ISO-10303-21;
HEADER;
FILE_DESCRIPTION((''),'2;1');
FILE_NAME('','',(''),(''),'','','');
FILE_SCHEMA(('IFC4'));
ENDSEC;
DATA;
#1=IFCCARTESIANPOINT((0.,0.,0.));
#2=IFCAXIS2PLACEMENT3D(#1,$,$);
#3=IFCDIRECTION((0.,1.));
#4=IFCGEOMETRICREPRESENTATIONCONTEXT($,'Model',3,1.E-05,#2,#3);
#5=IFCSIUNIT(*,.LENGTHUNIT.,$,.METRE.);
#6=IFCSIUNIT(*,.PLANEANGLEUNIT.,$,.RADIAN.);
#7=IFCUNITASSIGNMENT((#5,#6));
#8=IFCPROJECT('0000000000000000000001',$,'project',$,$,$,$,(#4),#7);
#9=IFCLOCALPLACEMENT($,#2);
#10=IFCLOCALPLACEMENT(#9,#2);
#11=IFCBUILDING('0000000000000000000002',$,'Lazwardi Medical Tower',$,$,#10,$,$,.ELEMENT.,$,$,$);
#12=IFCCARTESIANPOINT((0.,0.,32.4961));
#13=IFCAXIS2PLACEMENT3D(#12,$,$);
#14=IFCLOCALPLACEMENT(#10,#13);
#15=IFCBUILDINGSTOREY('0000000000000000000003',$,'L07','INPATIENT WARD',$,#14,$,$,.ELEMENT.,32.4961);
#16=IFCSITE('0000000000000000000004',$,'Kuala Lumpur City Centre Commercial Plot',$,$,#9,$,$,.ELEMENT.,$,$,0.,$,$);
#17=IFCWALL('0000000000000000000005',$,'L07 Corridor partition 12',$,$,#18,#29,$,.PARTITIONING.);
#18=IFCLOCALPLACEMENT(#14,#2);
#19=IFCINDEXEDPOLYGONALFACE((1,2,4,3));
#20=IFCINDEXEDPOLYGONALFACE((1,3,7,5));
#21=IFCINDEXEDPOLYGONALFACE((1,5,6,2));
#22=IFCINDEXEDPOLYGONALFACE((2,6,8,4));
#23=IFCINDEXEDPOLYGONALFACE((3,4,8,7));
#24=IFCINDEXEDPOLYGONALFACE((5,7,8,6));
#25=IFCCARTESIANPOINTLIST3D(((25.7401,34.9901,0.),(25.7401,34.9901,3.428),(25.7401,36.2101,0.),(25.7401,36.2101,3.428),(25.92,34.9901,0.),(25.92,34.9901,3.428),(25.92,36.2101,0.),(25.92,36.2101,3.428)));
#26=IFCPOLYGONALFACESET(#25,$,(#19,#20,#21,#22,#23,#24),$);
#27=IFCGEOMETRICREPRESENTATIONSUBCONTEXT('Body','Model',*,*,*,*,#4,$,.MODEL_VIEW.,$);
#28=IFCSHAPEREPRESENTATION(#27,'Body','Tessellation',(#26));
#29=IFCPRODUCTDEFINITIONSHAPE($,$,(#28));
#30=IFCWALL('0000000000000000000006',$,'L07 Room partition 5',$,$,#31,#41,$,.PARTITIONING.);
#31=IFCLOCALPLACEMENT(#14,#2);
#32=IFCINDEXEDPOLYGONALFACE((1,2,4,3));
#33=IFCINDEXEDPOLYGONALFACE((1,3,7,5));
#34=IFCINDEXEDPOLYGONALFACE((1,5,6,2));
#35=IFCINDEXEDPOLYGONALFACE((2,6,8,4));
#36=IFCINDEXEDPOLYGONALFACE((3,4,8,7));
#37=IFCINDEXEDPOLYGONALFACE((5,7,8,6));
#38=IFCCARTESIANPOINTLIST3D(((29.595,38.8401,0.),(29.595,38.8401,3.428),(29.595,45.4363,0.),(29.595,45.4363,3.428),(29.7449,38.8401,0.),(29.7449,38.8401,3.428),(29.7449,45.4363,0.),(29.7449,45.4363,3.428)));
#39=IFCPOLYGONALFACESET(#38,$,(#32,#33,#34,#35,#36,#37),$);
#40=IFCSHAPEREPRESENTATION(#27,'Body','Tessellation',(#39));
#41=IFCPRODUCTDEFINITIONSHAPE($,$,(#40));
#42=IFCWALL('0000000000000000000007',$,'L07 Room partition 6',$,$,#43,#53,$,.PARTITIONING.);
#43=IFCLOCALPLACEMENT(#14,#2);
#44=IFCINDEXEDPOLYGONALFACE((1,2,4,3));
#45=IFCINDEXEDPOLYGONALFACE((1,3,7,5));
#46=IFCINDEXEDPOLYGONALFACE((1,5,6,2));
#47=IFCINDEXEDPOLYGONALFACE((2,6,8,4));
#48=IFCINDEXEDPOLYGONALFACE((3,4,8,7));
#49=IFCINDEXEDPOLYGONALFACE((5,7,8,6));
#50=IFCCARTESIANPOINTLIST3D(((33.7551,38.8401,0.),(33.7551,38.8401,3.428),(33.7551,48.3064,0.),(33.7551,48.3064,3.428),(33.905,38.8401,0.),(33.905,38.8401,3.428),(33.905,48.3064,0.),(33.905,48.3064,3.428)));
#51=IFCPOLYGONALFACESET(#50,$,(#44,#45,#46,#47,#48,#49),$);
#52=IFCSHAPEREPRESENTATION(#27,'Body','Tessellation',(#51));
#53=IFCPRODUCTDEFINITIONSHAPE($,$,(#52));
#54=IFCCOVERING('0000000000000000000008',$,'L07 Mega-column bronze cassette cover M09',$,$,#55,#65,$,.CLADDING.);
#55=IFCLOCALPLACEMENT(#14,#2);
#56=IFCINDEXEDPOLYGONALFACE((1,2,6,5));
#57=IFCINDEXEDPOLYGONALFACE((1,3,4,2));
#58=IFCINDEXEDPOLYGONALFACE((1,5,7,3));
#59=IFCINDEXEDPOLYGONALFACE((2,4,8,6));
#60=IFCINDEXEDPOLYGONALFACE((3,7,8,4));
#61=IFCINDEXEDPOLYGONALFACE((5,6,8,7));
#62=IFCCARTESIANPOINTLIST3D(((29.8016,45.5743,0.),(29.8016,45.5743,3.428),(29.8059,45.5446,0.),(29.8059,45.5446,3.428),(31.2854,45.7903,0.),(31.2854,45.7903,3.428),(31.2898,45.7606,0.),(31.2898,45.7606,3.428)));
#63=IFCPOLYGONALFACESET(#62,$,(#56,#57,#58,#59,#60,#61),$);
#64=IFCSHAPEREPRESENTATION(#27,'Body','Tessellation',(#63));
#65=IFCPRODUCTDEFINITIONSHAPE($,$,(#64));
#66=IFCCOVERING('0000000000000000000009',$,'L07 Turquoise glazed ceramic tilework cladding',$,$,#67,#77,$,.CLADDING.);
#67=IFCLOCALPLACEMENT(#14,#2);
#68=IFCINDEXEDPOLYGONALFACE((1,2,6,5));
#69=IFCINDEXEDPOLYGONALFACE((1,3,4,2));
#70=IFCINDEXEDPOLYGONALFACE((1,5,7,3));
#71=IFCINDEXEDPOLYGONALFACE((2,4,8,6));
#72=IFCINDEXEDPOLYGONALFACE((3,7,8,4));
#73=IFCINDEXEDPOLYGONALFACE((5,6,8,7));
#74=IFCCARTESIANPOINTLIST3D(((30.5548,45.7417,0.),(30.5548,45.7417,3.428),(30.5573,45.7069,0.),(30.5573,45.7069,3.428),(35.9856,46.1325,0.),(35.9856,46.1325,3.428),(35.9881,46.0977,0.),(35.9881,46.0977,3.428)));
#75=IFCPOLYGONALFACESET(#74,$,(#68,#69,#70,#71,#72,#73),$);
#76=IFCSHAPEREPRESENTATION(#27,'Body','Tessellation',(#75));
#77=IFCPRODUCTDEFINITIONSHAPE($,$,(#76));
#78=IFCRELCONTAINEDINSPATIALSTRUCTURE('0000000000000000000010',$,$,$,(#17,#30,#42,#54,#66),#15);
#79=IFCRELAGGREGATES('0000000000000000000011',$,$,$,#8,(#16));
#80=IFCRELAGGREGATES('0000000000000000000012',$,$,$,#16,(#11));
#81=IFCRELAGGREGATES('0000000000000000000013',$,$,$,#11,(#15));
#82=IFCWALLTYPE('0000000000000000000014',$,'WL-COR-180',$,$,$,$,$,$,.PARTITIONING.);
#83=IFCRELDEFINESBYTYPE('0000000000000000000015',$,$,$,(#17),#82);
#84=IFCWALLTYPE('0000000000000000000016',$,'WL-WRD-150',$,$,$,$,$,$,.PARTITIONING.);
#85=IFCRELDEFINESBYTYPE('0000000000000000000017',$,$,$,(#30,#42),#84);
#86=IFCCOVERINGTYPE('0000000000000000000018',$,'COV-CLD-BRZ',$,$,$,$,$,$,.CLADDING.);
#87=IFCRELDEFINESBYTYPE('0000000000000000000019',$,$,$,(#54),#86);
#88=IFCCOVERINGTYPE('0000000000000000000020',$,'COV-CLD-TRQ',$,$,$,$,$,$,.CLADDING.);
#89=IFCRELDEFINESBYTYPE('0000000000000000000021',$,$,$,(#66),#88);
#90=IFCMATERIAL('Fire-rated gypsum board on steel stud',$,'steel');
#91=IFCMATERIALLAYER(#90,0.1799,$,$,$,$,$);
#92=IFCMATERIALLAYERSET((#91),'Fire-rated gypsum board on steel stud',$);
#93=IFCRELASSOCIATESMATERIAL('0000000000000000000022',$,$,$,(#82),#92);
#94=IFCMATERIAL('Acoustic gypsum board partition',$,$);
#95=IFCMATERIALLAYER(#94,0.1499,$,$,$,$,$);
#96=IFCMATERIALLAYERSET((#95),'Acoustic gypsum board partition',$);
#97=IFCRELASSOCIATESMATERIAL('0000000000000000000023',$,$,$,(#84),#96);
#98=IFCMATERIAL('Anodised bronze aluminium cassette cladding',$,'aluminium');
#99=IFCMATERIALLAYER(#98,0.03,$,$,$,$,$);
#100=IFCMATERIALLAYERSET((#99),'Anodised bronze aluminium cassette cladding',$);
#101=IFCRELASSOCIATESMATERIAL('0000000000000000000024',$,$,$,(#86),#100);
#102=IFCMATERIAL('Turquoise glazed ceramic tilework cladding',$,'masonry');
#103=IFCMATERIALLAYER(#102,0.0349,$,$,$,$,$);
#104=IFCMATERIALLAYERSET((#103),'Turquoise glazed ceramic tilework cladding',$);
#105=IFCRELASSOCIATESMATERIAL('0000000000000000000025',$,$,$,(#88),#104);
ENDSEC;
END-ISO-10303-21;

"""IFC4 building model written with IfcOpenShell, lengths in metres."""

from ifc_helpers import new_model, si_unit, direction, frame, frame_2d, origin, origin_2d, place, context, subcontext, project, spatial, rectangle, extrude, material, layer, layer_set, type_object, element, save


model = new_model("IFC4")

# Units and contexts
model_context = context("Model", 3, precision=1e-05, world=origin(), true_north=direction((0.0, 1.0)))
body_context = subcontext(model_context, "Body", "Model", "MODEL_VIEW")
ifc_project = project(units=[si_unit("LENGTHUNIT", "METRE"), si_unit("PLANEANGLEUNIT", "RADIAN")], contexts=[model_context])

# Site, building, storey
site_placement = place(None, origin())
site = spatial("IfcSite", under=ifc_project, at=site_placement, Name="Kuala Lumpur City Centre Commercial Plot", CompositionType="ELEMENT", RefElevation=0.0)
building_placement = place(site_placement, origin())
building = spatial("IfcBuilding", under=site, at=building_placement, Name="Lazwardi Medical Tower", CompositionType="ELEMENT")
storey_placement = place(building_placement, frame((0.0, 0.0, 32.4961)))
storey = spatial("IfcBuildingStorey", under=building, at=storey_placement, Name="L07", Description="INPATIENT WARD", CompositionType="ELEMENT", Elevation=32.4961)

# Shared definitions
ifc_material_1 = material(Name="Fire-rated gypsum board on steel stud", Category="steel")
ifc_layer_1 = layer(ifc_material_1, 0.1799)
ifc_layer_set_1 = layer_set([ifc_layer_1], Name="Fire-rated gypsum board on steel stud")
wall_type_1 = type_object("IfcWallType", Name="WL-COR-180", PredefinedType="PARTITIONING", material=ifc_layer_set_1)

# Walls
wall_1_placement = place(storey_placement, frame((25.8301, 36.21, 0.0), z_axis=(0.0, 0.0, 1.0), x_axis=(0.0, -1.0, 0.0)))
element("IfcWall", 1, at=wall_1_placement, inside=storey, type_object=wall_type_1, Name="L07 Corridor partition 12", PredefinedType="PARTITIONING", context=body_context, shape_type="SweptSolid", body=[
    extrude(rectangle(XDim=1.22, YDim=0.1799, at=frame_2d((0.6099, 0.0))), origin(), (0.0, 0.0, 1.0), 3.428),
])
ifc_material_2 = material(Name="Acoustic gypsum board partition")
ifc_layer_2 = layer(ifc_material_2, 0.1499)
ifc_layer_set_2 = layer_set([ifc_layer_2], Name="Acoustic gypsum board partition")
wall_type_2 = type_object("IfcWallType", Name="WL-WRD-150", PredefinedType="PARTITIONING", material=ifc_layer_set_2)
wall_2_placement = place(storey_placement, frame((29.6699, 38.8401, 0.0), z_axis=(0.0, 0.0, 1.0), x_axis=(0.0, 1.0, 0.0)))
element("IfcWall", 2, at=wall_2_placement, inside=storey, type_object=wall_type_2, Name="L07 Room partition 5", PredefinedType="PARTITIONING", context=body_context, shape_type="SweptSolid", body=[
    extrude(rectangle(XDim=6.5962, YDim=0.1499, at=frame_2d((3.2981, 0.0))), origin(), (0.0, 0.0, 1.0), 3.428),
])
wall_3_placement = place(storey_placement, frame((33.8301, 38.8401, 0.0), z_axis=(0.0, 0.0, 1.0), x_axis=(0.0, 1.0, 0.0)))
element("IfcWall", 3, at=wall_3_placement, inside=storey, type_object=wall_type_2, Name="L07 Room partition 6", PredefinedType="PARTITIONING", context=body_context, shape_type="SweptSolid", body=[
    extrude(rectangle(XDim=9.4663, YDim=0.1499, at=frame_2d((4.7332, 0.0))), origin(), (0.0, 0.0, 1.0), 3.428),
])

# Coverings
ifc_material_3 = material(Name="Anodised bronze aluminium cassette cladding", Category="aluminium")
ifc_layer_3 = layer(ifc_material_3, 0.03)
ifc_layer_set_3 = layer_set([ifc_layer_3], Name="Anodised bronze aluminium cassette cladding")
covering_type_1 = type_object("IfcCoveringType", Name="COV-CLD-BRZ", PredefinedType="CLADDING", material=ifc_layer_set_3)
covering_1_placement = place(storey_placement, frame((30.5457, 45.6675, 0.0), z_axis=(0.0, 0.0, 1.0), x_axis=(-0.989573, -0.144035, 0.0)))
element("IfcCovering", 4, at=covering_1_placement, inside=storey, type_object=covering_type_1, Name="L07 Mega-column bronze cassette cover M09", PredefinedType="CLADDING", context=body_context, shape_type="SweptSolid", body=[
    extrude(rectangle(XDim=1.4995, YDim=0.03, at=origin_2d()), origin(), (0.0, 0.0, 1.0), 3.428),
])
ifc_material_4 = material(Name="Turquoise glazed ceramic tilework cladding", Category="masonry")
ifc_layer_4 = layer(ifc_material_4, 0.0349)
ifc_layer_set_4 = layer_set([ifc_layer_4], Name="Turquoise glazed ceramic tilework cladding")
covering_type_2 = type_object("IfcCoveringType", Name="COV-CLD-TRQ", PredefinedType="CLADDING", material=ifc_layer_set_4)
covering_2_placement = place(storey_placement, frame((33.2715, 45.9197, 0.0), z_axis=(0.0, 0.0, 1.0), x_axis=(-0.997421, -0.071774, 0.0)))
element("IfcCovering", 5, at=covering_2_placement, inside=storey, type_object=covering_type_2, Name="L07 Turquoise glazed ceramic tilework cladding", PredefinedType="CLADDING", context=body_context, shape_type="SweptSolid", body=[
    extrude(rectangle(XDim=5.4448, YDim=0.0349, at=origin_2d()), origin(), (0.0, 0.0, 1.0), 3.428),
])

save(model, "model.ifc")
